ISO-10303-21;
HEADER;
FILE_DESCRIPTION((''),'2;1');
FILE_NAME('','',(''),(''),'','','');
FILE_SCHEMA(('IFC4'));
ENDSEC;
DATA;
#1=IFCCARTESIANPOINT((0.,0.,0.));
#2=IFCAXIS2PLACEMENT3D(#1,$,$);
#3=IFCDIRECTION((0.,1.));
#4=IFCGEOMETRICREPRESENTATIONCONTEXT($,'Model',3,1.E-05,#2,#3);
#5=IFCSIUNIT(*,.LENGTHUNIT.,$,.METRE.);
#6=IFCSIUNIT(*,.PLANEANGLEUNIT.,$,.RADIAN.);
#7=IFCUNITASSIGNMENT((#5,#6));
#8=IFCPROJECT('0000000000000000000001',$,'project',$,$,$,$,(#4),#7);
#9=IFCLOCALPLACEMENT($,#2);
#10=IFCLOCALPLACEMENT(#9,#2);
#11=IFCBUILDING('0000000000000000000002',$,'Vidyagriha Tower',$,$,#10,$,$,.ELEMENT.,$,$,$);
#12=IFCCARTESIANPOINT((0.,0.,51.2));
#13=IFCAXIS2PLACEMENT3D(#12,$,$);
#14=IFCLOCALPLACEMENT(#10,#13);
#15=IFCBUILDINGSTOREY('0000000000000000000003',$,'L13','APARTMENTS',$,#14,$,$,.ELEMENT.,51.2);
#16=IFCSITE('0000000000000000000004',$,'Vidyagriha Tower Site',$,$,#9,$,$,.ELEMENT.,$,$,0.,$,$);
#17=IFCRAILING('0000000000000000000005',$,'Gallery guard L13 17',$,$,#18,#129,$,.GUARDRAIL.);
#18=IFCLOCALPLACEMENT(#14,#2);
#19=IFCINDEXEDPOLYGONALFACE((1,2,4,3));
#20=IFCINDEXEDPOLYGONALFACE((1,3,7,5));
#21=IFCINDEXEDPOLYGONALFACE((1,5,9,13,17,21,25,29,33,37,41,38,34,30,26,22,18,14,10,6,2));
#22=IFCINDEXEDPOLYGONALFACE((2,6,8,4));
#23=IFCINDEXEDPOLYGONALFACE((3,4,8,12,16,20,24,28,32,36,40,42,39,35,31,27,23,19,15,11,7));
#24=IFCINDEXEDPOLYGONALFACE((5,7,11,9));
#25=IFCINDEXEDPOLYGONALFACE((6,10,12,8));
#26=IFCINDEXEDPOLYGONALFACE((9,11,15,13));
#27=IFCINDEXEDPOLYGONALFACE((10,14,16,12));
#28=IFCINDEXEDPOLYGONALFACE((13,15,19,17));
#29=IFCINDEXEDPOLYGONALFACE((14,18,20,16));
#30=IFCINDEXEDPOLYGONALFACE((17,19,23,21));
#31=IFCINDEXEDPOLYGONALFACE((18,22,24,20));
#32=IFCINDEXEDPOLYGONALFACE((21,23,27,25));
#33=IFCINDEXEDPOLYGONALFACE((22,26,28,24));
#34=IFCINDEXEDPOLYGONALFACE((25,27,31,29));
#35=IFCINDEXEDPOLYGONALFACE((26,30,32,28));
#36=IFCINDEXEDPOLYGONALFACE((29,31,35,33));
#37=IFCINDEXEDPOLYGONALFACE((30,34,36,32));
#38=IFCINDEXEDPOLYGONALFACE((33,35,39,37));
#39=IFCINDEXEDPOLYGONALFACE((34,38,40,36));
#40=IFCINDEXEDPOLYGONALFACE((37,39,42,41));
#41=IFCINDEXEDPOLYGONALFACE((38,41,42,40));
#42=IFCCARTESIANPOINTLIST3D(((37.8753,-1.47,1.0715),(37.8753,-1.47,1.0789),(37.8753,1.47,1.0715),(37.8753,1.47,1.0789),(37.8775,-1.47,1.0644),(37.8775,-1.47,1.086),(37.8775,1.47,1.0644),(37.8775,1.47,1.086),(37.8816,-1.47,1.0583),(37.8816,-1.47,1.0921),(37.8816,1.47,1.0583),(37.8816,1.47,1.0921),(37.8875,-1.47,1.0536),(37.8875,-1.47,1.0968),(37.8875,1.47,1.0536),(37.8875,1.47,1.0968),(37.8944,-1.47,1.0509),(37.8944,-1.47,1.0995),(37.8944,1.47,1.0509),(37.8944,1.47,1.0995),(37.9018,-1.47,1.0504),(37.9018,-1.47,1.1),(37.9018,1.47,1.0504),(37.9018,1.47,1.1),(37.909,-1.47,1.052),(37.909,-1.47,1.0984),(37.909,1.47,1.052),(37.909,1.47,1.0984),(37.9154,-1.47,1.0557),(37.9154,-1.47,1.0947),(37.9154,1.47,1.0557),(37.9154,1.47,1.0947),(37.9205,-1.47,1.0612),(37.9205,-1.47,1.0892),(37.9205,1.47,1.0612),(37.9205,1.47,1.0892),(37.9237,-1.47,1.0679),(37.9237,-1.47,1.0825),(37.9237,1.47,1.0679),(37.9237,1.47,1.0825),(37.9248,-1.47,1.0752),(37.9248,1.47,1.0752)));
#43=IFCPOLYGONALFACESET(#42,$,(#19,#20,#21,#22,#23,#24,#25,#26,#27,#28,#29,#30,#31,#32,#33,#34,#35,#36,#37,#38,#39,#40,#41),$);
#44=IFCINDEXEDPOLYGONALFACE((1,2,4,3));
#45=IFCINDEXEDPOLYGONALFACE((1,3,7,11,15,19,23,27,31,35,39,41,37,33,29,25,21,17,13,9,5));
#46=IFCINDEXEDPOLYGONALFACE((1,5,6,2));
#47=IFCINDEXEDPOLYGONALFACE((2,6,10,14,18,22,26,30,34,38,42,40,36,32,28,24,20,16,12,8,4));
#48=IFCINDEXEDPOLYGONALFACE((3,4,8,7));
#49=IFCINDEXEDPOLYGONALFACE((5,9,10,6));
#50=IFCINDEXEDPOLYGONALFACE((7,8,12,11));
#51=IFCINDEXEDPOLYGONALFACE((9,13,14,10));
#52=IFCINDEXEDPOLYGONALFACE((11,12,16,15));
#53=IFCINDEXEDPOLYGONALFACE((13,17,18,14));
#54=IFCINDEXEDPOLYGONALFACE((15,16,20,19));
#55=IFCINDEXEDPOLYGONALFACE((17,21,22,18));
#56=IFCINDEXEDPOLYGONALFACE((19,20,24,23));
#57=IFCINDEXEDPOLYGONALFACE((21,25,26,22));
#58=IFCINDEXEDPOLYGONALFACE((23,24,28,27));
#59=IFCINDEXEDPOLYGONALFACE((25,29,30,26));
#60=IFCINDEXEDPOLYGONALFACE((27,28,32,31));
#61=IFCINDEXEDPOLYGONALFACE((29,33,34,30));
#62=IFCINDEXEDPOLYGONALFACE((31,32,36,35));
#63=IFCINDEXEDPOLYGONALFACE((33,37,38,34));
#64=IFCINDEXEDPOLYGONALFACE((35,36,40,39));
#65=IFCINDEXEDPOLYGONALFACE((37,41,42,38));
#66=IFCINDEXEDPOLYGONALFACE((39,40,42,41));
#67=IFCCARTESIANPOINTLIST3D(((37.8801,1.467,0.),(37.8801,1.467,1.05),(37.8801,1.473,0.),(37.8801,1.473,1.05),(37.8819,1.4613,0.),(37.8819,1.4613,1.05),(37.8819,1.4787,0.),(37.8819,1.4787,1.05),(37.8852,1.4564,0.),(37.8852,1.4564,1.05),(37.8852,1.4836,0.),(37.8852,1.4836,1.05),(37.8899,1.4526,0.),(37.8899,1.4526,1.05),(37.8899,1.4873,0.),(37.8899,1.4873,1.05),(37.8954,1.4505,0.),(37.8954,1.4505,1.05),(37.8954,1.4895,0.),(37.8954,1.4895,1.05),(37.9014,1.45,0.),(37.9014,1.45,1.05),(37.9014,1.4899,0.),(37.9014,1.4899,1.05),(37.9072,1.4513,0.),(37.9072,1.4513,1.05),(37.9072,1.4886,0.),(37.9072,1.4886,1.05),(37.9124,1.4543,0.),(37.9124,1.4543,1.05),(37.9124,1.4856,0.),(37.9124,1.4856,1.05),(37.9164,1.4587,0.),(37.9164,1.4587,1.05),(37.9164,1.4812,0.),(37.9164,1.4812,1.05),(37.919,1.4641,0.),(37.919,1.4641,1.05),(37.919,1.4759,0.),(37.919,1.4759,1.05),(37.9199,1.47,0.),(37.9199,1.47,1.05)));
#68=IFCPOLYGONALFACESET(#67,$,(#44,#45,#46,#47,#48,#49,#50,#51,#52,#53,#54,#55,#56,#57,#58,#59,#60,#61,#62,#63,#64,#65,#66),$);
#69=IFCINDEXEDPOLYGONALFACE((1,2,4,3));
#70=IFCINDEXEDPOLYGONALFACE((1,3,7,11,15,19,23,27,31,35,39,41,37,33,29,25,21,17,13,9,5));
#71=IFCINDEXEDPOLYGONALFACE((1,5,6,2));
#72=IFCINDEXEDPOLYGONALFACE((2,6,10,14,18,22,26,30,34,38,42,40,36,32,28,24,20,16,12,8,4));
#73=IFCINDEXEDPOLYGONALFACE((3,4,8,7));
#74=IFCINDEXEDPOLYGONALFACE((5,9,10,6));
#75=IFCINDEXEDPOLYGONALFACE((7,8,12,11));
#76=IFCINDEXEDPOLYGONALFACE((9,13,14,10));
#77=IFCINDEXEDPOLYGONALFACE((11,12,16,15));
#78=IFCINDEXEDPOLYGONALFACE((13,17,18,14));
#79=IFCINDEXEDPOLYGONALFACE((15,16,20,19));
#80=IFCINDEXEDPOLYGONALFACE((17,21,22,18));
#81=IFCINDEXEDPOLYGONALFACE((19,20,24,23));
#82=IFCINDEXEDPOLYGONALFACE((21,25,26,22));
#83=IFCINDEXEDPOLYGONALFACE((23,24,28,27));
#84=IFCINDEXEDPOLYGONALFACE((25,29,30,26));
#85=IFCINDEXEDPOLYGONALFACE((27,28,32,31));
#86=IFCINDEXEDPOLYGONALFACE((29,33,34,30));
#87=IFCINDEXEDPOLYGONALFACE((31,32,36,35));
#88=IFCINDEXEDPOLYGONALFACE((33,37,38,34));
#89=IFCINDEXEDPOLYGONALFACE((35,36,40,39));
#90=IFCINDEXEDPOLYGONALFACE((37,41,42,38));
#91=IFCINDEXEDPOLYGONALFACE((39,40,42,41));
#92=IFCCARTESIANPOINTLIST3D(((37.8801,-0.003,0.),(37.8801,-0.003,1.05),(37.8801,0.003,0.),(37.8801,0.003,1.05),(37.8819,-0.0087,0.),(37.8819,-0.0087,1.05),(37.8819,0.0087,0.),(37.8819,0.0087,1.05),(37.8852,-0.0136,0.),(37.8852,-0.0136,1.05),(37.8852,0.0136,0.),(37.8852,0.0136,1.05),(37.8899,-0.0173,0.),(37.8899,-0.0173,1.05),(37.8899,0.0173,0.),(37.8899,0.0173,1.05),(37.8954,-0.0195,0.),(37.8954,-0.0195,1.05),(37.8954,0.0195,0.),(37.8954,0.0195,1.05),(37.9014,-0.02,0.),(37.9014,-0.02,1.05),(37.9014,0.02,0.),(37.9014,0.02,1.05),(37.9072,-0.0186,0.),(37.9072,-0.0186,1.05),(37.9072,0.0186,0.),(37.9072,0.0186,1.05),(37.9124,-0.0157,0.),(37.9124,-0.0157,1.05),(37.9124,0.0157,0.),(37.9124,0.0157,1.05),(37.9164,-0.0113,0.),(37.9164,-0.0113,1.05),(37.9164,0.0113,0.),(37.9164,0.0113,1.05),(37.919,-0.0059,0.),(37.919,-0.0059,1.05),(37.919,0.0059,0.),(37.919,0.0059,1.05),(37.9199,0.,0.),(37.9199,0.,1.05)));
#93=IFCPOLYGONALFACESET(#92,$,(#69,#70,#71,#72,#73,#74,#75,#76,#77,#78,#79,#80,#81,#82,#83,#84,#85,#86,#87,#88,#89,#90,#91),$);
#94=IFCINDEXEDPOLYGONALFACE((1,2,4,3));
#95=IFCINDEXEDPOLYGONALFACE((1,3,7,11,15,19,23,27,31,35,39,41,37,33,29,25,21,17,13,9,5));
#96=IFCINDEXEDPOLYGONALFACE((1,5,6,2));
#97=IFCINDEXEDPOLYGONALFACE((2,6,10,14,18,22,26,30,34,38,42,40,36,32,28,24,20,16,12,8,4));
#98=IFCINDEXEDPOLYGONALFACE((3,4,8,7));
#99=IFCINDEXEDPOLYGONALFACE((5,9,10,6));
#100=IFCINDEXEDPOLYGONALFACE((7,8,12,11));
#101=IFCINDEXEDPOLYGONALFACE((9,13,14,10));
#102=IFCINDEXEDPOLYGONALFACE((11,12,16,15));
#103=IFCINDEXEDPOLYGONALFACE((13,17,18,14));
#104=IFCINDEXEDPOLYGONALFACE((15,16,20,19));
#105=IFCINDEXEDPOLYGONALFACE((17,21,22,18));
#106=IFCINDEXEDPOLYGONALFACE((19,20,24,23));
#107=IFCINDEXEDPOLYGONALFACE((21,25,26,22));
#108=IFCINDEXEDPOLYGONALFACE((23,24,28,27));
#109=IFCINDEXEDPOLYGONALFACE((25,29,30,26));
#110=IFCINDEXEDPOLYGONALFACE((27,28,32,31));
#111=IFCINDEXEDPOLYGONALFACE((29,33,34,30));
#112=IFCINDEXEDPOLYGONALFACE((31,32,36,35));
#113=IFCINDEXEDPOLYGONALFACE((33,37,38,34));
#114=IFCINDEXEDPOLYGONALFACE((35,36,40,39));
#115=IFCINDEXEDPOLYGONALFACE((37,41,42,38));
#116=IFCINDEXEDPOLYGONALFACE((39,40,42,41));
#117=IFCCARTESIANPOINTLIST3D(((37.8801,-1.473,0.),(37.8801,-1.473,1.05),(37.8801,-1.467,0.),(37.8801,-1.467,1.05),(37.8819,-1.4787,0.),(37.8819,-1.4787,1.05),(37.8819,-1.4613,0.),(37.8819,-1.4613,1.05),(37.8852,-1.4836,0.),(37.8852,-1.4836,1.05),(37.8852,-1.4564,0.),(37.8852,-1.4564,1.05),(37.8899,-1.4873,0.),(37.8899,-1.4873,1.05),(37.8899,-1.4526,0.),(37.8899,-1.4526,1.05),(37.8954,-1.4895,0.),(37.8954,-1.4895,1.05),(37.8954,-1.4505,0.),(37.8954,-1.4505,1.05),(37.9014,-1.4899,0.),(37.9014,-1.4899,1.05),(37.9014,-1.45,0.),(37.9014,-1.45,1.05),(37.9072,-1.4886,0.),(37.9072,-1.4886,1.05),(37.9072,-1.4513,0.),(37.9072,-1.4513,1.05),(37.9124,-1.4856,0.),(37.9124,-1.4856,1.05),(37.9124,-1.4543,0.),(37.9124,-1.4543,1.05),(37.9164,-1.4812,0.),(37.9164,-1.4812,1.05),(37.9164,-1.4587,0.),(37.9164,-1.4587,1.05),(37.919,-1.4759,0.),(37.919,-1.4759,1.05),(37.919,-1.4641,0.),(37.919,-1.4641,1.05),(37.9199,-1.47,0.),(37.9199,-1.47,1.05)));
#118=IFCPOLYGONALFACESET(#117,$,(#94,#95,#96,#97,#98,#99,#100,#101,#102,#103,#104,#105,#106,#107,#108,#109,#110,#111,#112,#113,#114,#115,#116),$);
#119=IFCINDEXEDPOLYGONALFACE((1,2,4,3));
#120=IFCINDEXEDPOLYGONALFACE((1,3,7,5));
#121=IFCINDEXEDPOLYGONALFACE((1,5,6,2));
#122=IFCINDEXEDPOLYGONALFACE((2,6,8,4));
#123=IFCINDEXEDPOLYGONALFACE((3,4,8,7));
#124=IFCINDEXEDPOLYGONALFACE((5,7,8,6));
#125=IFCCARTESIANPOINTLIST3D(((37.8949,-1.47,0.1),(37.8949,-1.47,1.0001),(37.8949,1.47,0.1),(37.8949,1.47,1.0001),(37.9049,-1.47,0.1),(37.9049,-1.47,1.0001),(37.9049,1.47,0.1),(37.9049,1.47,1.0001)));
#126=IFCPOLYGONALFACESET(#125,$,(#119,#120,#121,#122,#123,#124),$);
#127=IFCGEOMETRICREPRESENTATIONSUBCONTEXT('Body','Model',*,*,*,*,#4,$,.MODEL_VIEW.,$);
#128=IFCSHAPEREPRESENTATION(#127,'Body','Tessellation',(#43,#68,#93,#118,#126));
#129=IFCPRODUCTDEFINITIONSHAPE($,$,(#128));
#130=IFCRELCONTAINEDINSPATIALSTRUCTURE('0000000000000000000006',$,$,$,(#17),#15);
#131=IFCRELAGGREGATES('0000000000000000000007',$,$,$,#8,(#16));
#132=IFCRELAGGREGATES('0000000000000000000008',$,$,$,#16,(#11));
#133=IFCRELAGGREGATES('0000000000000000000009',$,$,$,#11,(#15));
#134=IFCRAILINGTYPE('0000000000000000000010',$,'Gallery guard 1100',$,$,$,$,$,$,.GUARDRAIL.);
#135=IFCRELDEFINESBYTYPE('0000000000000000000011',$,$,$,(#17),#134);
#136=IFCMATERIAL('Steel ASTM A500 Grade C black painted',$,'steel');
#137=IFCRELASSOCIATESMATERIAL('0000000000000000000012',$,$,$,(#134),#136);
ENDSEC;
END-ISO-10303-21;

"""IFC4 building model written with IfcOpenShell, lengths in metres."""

from ifc_helpers import new_model, si_unit, direction, frame, origin, origin_2d, place, context, subcontext, project, spatial, rectangle, circle, extrude, material, type_object, element, save


model = new_model("IFC4")

# Units and contexts
model_context = context("Model", 3, precision=1e-05, world=origin(), true_north=direction((0.0, 1.0)))
body_context = subcontext(model_context, "Body", "Model", "MODEL_VIEW")
ifc_project = project(units=[si_unit("LENGTHUNIT", "METRE"), si_unit("PLANEANGLEUNIT", "RADIAN")], contexts=[model_context])

# Site, building, storey
site_placement = place(None, origin())
site = spatial("IfcSite", under=ifc_project, at=site_placement, Name="Vidyagriha Tower Site", CompositionType="ELEMENT", RefElevation=0.0)
building_placement = place(site_placement, origin())
building = spatial("IfcBuilding", under=site, at=building_placement, Name="Vidyagriha Tower", CompositionType="ELEMENT")
storey_placement = place(building_placement, frame((0.0, 0.0, 51.2)))
storey = spatial("IfcBuildingStorey", under=building, at=storey_placement, Name="L13", Description="APARTMENTS", CompositionType="ELEMENT", Elevation=51.2)

# Railing
ifc_material_1 = material(Name="Steel ASTM A500 Grade C black painted", Category="steel")
railing_type_1 = type_object("IfcRailingType", Name="Gallery guard 1100", PredefinedType="GUARDRAIL", material=ifc_material_1)
railing_1_placement = place(storey_placement, frame((37.8999, 1.47, 0.0)))
element("IfcRailing", 1, at=railing_1_placement, inside=storey, type_object=railing_type_1, Name="Gallery guard L13 17", PredefinedType="GUARDRAIL", context=body_context, shape_type="SweptSolid", body=[
    extrude(circle(Radius=0.0249, at=origin_2d()), frame((0.0, 0.0, 1.0752), z_axis=(0.0, -1.0, 0.0), x_axis=(1.0, 0.0, 0.0)), (0.0, 0.0, 1.0), 2.9399),
    extrude(circle(Radius=0.02, at=origin_2d()), origin(), (0.0, 0.0, 1.0), 1.05),
    extrude(circle(Radius=0.02, at=origin_2d()), frame((0.0, -1.47, 0.0)), (0.0, 0.0, 1.0), 1.05),
    extrude(circle(Radius=0.02, at=origin_2d()), frame((0.0, -2.9399, 0.0)), (0.0, 0.0, 1.0), 1.05),
    extrude(rectangle(XDim=0.01, YDim=0.9001, at=origin_2d()), frame((0.0, 0.0, 0.55), z_axis=(0.0, -1.0, 0.0), x_axis=(1.0, 0.0, 0.0)), (0.0, 0.0, 1.0), 2.9399),
])

save(model, "model.ifc")
